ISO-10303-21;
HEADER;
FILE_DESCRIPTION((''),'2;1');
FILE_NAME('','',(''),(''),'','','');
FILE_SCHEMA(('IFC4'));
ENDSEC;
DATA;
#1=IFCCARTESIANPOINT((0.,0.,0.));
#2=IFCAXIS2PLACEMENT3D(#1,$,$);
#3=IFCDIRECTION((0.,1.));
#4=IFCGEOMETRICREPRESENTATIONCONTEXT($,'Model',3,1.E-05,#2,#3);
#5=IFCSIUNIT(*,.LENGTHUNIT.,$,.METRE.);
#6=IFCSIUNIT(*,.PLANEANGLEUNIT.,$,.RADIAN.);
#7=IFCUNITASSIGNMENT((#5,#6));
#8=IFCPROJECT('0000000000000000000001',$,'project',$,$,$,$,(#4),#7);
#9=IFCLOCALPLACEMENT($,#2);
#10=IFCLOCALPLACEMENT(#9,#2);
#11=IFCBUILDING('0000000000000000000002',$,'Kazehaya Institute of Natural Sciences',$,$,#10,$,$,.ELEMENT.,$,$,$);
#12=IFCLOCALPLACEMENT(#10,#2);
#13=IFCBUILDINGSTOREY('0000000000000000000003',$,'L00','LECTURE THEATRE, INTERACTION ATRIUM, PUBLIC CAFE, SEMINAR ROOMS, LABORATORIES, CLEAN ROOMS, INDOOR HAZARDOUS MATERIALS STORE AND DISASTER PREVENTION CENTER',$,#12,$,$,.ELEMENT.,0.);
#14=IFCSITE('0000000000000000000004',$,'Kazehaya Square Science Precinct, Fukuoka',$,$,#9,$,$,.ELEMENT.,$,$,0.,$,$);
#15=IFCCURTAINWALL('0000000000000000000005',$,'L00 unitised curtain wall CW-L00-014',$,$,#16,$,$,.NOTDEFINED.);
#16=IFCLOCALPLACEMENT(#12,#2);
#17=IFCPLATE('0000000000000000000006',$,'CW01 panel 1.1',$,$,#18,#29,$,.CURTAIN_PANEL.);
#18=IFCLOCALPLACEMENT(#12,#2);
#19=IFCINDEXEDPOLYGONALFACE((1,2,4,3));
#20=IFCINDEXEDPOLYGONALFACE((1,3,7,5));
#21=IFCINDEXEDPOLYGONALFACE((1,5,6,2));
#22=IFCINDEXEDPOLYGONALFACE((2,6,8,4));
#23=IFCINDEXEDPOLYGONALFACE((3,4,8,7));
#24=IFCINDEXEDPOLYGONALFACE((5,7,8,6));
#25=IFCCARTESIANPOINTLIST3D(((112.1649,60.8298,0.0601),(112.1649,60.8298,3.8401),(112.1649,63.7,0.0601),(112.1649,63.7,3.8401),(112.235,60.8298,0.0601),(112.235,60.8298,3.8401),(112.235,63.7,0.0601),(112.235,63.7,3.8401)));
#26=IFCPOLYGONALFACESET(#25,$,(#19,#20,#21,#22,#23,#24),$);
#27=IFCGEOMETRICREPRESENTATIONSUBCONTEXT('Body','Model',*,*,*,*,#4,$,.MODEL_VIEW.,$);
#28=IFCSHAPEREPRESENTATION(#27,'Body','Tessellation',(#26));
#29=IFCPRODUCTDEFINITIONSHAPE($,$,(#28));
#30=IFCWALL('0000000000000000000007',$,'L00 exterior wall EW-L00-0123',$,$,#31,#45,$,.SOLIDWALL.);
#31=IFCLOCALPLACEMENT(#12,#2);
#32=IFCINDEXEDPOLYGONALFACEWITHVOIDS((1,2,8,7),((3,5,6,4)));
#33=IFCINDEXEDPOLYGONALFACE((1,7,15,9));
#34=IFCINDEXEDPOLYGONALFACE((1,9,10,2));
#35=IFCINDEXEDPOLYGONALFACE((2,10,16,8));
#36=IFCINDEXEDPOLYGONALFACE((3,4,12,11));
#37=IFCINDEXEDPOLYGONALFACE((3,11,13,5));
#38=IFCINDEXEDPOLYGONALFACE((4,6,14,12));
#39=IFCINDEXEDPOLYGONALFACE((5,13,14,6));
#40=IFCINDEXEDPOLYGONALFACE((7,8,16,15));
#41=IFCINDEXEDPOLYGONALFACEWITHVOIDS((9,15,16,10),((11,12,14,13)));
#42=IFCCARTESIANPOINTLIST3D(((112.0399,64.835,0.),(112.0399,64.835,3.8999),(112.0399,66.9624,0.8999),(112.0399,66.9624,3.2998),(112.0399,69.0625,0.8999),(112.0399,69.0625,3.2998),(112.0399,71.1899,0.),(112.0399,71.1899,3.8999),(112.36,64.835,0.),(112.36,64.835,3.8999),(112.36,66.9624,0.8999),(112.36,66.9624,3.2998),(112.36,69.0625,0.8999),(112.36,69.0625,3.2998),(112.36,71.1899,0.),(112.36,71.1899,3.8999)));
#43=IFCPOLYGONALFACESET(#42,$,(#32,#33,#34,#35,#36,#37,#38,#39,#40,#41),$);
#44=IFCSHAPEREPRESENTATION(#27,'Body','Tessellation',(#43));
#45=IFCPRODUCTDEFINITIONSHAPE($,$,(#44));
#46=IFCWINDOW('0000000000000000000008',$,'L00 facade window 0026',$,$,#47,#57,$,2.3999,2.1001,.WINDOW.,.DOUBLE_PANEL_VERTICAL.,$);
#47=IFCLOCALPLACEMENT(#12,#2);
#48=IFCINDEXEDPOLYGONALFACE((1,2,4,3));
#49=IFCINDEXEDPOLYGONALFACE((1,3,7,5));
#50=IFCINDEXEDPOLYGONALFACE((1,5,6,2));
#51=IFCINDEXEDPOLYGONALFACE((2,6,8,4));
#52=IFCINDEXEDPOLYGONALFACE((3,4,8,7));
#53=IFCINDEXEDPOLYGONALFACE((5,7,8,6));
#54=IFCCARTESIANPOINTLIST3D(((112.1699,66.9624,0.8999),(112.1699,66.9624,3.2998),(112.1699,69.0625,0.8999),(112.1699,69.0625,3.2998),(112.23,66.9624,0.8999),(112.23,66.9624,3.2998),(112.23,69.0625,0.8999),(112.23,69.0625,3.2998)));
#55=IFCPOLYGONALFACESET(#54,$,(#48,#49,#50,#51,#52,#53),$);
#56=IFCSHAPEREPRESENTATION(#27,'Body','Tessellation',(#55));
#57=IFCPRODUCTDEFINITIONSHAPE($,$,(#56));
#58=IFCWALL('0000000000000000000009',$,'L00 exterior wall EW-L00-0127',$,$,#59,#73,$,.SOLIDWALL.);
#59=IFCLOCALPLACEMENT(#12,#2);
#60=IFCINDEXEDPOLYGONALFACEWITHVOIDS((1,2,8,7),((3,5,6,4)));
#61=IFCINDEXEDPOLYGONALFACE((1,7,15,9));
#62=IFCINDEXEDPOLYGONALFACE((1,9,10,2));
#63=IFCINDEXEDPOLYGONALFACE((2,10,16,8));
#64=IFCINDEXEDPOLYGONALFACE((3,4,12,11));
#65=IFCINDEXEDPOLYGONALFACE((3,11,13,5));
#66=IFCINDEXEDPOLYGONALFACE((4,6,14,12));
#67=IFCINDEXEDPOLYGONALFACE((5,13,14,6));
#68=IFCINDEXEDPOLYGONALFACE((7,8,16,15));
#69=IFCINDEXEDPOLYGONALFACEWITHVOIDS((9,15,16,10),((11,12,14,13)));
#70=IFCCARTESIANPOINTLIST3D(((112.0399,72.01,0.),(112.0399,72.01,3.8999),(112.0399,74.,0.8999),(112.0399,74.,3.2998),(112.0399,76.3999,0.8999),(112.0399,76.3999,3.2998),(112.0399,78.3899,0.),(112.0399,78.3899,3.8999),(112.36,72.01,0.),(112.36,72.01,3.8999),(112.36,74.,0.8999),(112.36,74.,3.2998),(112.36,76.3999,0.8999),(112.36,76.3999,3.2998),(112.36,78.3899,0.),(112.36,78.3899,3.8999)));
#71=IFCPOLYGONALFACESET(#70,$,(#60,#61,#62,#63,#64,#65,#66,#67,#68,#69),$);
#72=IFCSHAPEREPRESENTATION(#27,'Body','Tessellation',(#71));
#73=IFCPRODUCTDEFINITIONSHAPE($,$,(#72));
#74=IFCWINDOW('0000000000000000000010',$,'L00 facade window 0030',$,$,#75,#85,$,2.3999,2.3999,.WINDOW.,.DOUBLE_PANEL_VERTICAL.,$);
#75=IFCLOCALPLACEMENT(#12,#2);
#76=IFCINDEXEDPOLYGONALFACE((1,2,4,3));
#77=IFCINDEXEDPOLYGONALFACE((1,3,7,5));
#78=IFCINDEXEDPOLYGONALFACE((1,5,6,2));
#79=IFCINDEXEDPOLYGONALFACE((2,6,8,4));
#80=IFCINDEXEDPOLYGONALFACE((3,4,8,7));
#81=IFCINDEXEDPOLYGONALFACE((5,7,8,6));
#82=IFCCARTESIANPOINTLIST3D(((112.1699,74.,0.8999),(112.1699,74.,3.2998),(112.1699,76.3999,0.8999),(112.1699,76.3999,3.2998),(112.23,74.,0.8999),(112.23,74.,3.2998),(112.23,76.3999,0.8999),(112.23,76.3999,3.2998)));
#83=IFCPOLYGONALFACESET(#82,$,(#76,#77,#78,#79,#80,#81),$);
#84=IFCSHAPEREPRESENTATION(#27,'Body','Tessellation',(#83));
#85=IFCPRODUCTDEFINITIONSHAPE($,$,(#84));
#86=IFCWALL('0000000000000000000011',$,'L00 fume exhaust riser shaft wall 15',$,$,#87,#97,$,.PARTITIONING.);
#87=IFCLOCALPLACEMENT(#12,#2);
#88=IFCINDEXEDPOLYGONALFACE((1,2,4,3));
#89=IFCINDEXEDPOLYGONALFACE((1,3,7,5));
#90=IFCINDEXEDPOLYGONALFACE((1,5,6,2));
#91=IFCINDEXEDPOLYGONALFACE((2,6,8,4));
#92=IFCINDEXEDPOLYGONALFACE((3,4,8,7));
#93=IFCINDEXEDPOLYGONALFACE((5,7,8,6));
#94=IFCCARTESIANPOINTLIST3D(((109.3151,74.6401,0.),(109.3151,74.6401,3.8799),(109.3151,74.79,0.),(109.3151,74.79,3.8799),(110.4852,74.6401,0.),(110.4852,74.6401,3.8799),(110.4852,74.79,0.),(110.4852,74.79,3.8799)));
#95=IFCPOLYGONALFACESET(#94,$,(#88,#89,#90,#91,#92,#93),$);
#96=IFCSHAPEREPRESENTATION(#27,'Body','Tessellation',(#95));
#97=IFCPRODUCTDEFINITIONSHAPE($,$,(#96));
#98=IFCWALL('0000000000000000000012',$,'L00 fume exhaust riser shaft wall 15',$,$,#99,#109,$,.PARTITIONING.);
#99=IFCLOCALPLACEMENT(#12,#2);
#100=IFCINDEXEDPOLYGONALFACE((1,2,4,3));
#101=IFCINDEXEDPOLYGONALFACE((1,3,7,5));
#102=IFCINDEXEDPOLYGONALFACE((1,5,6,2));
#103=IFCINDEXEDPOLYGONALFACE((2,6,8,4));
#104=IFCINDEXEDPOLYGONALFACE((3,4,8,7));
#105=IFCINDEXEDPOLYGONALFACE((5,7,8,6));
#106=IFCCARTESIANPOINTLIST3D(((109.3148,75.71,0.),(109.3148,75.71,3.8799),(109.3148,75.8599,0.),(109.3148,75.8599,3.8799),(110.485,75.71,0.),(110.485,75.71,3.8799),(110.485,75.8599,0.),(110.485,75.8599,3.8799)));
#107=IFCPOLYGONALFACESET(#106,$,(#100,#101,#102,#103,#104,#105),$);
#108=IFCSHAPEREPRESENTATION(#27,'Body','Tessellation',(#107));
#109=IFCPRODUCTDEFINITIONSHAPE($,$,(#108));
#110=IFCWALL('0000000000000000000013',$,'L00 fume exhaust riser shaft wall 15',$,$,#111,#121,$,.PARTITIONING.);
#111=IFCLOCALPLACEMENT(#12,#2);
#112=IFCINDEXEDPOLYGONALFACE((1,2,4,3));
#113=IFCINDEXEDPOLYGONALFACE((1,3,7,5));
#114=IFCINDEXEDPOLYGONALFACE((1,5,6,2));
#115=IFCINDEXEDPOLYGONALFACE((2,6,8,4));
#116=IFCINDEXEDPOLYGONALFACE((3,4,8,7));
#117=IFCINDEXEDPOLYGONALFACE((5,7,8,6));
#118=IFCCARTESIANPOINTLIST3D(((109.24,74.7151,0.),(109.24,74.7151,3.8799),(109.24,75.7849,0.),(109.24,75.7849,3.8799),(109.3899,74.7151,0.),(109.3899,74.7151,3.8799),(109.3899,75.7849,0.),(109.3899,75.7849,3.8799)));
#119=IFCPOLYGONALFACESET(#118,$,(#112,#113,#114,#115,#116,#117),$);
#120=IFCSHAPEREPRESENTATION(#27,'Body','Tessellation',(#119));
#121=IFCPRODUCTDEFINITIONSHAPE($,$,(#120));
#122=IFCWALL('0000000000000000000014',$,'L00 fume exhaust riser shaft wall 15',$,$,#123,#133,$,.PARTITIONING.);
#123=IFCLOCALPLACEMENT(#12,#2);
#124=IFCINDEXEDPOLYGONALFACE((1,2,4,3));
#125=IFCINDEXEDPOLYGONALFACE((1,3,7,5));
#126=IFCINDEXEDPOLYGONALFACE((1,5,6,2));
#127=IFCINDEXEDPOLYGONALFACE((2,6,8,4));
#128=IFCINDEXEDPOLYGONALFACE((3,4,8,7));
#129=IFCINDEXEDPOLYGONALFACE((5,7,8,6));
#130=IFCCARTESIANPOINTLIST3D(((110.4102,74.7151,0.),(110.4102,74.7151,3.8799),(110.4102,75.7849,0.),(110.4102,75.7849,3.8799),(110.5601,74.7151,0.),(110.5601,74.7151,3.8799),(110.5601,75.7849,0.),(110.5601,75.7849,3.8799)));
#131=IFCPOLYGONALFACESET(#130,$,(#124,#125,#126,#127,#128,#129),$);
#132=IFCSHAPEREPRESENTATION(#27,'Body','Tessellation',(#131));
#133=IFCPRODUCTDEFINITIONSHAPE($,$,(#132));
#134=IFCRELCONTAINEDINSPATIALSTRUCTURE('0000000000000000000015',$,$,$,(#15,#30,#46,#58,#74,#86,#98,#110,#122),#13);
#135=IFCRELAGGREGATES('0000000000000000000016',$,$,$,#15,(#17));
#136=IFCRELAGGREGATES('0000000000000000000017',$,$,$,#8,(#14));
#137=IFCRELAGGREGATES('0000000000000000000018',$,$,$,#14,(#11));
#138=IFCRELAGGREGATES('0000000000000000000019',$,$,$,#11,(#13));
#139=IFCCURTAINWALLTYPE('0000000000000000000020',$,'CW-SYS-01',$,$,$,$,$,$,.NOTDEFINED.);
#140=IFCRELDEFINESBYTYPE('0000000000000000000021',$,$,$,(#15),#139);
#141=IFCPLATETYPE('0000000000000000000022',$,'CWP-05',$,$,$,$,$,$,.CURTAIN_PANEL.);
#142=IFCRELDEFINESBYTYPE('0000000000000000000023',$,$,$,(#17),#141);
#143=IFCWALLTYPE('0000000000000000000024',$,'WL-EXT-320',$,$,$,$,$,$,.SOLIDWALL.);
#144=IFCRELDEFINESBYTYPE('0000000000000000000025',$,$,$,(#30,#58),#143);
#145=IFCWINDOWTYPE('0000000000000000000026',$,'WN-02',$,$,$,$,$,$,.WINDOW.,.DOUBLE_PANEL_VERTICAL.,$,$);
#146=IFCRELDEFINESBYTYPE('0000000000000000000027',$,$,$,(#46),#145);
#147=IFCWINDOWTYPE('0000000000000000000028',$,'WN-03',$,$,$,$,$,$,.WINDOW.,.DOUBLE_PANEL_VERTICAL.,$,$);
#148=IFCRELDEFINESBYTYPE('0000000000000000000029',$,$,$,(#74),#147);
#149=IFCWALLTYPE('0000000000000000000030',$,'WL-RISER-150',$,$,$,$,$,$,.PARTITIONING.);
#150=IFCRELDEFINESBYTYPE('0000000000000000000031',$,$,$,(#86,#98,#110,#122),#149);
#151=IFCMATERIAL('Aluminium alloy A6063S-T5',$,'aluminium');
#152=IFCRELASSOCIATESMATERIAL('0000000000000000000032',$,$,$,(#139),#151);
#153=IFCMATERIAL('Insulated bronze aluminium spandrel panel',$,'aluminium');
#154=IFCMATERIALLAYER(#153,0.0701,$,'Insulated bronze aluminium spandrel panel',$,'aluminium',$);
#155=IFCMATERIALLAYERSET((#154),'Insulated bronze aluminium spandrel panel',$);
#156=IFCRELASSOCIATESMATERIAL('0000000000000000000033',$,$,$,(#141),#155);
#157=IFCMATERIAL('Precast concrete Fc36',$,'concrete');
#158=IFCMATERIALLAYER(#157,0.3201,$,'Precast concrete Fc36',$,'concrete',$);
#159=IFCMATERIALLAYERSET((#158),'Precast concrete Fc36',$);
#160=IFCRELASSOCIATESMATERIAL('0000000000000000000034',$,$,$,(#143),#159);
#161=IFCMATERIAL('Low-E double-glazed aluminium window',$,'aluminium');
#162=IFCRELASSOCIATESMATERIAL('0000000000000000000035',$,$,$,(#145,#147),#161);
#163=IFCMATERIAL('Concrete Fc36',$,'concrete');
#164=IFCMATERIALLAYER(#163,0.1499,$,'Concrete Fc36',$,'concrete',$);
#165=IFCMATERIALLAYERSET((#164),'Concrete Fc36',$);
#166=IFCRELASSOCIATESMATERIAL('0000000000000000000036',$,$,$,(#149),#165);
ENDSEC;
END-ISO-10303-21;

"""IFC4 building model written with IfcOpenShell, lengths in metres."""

from ifc_helpers import new_model, si_unit, direction, frame, frame_2d, origin, origin_2d, place, context, subcontext, project, spatial, rectangle, extrude, material, layer, layer_set, type_object, element, fill, aggregate, save


model = new_model("IFC4")

# Units and contexts
model_context = context("Model", 3, precision=1e-05, world=origin(), true_north=direction((0.0, 1.0)))
body_context = subcontext(model_context, "Body", "Model", "MODEL_VIEW")
ifc_project = project(units=[si_unit("LENGTHUNIT", "METRE"), si_unit("PLANEANGLEUNIT", "RADIAN")], contexts=[model_context])

# Site, building, storey
site_placement = place(None, origin())
site = spatial("IfcSite", under=ifc_project, at=site_placement, Name="Kazehaya Square Science Precinct, Fukuoka", CompositionType="ELEMENT", RefElevation=0.0)
building_placement = place(site_placement, origin())
building = spatial("IfcBuilding", under=site, at=building_placement, Name="Kazehaya Institute of Natural Sciences", CompositionType="ELEMENT")
storey_placement = place(building_placement, origin())
storey = spatial("IfcBuildingStorey", under=building, at=storey_placement, Name="L00", Description="LECTURE THEATRE, INTERACTION ATRIUM, PUBLIC CAFE, SEMINAR ROOMS, LABORATORIES, CLEAN ROOMS, INDOOR HAZARDOUS MATERIALS STORE AND DISASTER PREVENTION CENTER", CompositionType="ELEMENT", Elevation=0.0)

# Shared definitions
ifc_material_1 = material(Name="Concrete Fc36", Category="concrete")

# Curtain wall, plate
ifc_material_2 = material(Name="Aluminium alloy A6063S-T5", Category="aluminium")
curtain_wall_type = type_object("IfcCurtainWallType", Name="CW-SYS-01", PredefinedType="NOTDEFINED", material=ifc_material_2)
curtain_wall_placement = place(storey_placement, origin())
curtain_wall = element("IfcCurtainWall", 1, at=curtain_wall_placement, inside=storey, type_object=curtain_wall_type, Name="L00 unitised curtain wall CW-L00-014", PredefinedType="NOTDEFINED")
ifc_material_3 = material(Name="Insulated bronze aluminium spandrel panel", Category="aluminium")
ifc_layer_1 = layer(ifc_material_3, 0.0701, Name="Insulated bronze aluminium spandrel panel", Category="aluminium")
ifc_layer_set_1 = layer_set([ifc_layer_1], Name="Insulated bronze aluminium spandrel panel")
plate_type = type_object("IfcPlateType", Name="CWP-05", PredefinedType="CURTAIN_PANEL", material=ifc_layer_set_1)
plate_placement = place(storey_placement, frame((112.2, 62.2649, 0.0601), z_axis=(0.0, 0.0, 1.0), x_axis=(0.0, -1.0, 0.0)))
plate = element("IfcPlate", 2, at=plate_placement, type_object=plate_type, Name="CW01 panel 1.1", PredefinedType="CURTAIN_PANEL", context=body_context, shape_type="SweptSolid", body=[
    extrude(rectangle(XDim=2.8701, YDim=0.0701, at=origin_2d()), origin(), (0.0, 0.0, 1.0), 3.78),
])
aggregate(curtain_wall, [plate])

# Walls, openings, windows
ifc_material_4 = material(Name="Precast concrete Fc36", Category="concrete")
ifc_layer_2 = layer(ifc_material_4, 0.3201, Name="Precast concrete Fc36", Category="concrete")
ifc_layer_set_2 = layer_set([ifc_layer_2], Name="Precast concrete Fc36")
wall_type_1 = type_object("IfcWallType", Name="WL-EXT-320", PredefinedType="SOLIDWALL", material=ifc_layer_set_2)
wall_1_placement = place(storey_placement, frame((112.2, 71.1899, 0.0), z_axis=(0.0, 0.0, 1.0), x_axis=(0.0, -1.0, 0.0)))
wall_1 = element("IfcWall", 3, at=wall_1_placement, inside=storey, type_object=wall_type_1, Name="L00 exterior wall EW-L00-0123", PredefinedType="SOLIDWALL", context=body_context, shape_type="SweptSolid", body=[
    extrude(rectangle(XDim=6.355, YDim=0.3201, at=frame_2d((3.1775, 0.0))), origin(), (0.0, 0.0, 1.0), 3.8999),
])
opening_1_placement = place(wall_1_placement, frame((2.1274, 0.0, 0.8999)))
opening_1 = element("IfcOpeningElement", 4, at=opening_1_placement, cuts=wall_1, PredefinedType="OPENING", context=body_context, shape_type="SweptSolid", body=[
    extrude(rectangle(XDim=2.1001, YDim=2.3999, at=frame_2d((1.05, 1.2))), frame((0.0, 0.1699, 0.0), z_axis=(0.0, -1.0, 0.0), x_axis=(1.0, 0.0, 0.0)), (0.0, 0.0, 1.0), 0.3401),
])
ifc_material_5 = material(Name="Low-E double-glazed aluminium window", Category="aluminium")
window_type_1 = type_object("IfcWindowType", Name="WN-02", PartitioningType="DOUBLE_PANEL_VERTICAL", PredefinedType="WINDOW", material=ifc_material_5)
window_1_placement = place(opening_1_placement, origin())
window_1 = element("IfcWindow", 5, at=window_1_placement, inside=storey, type_object=window_type_1, Name="L00 facade window 0026", OverallHeight=2.3999, OverallWidth=2.1001, PartitioningType="DOUBLE_PANEL_VERTICAL", PredefinedType="WINDOW", context=body_context, shape_type="SweptSolid", body=[
    extrude(rectangle(XDim=2.1001, YDim=2.3999, at=frame_2d((1.05, 1.2))), frame((0.0, 0.03, 0.0), z_axis=(0.0, -1.0, 0.0), x_axis=(1.0, 0.0, 0.0)), (0.0, 0.0, 1.0), 0.0601),
])
fill(opening_1, window_1)
wall_2_placement = place(storey_placement, frame((112.2, 78.3899, 0.0), z_axis=(0.0, 0.0, 1.0), x_axis=(0.0, -1.0, 0.0)))
wall_2 = element("IfcWall", 6, at=wall_2_placement, inside=storey, type_object=wall_type_1, Name="L00 exterior wall EW-L00-0127", PredefinedType="SOLIDWALL", context=body_context, shape_type="SweptSolid", body=[
    extrude(rectangle(XDim=6.3799, YDim=0.3201, at=frame_2d((3.1899, 0.0))), origin(), (0.0, 0.0, 1.0), 3.8999),
])
opening_2_placement = place(wall_2_placement, frame((1.99, 0.0, 0.8999)))
opening_2 = element("IfcOpeningElement", 7, at=opening_2_placement, cuts=wall_2, PredefinedType="OPENING", context=body_context, shape_type="SweptSolid", body=[
    extrude(rectangle(XDim=2.3999, YDim=2.3999, at=frame_2d((1.2, 1.2))), frame((0.0, 0.1699, 0.0), z_axis=(0.0, -1.0, 0.0), x_axis=(1.0, 0.0, 0.0)), (0.0, 0.0, 1.0), 0.3401),
])
window_type_2 = type_object("IfcWindowType", Name="WN-03", PartitioningType="DOUBLE_PANEL_VERTICAL", PredefinedType="WINDOW", material=ifc_material_5)
window_2_placement = place(opening_2_placement, origin())
window_2 = element("IfcWindow", 8, at=window_2_placement, inside=storey, type_object=window_type_2, Name="L00 facade window 0030", OverallHeight=2.3999, OverallWidth=2.3999, PartitioningType="DOUBLE_PANEL_VERTICAL", PredefinedType="WINDOW", context=body_context, shape_type="SweptSolid", body=[
    extrude(rectangle(XDim=2.3999, YDim=2.3999, at=frame_2d((1.2, 1.2))), frame((0.0, 0.03, 0.0), z_axis=(0.0, -1.0, 0.0), x_axis=(1.0, 0.0, 0.0)), (0.0, 0.0, 1.0), 0.0601),
])
fill(opening_2, window_2)

# Walls
ifc_layer_3 = layer(ifc_material_1, 0.1499, Name="Concrete Fc36", Category="concrete")
ifc_layer_set_3 = layer_set([ifc_layer_3], Name="Concrete Fc36")
wall_type_2 = type_object("IfcWallType", Name="WL-RISER-150", PredefinedType="PARTITIONING", material=ifc_layer_set_3)
for number, where, z_axis, x_axis, name in (
    (9, (110.4851, 74.7151, 0.0), (0.0, 0.0, 1.0), (-1.0, 0.0, 0.0), "L00 fume exhaust riser shaft wall 15"),
    (10, (109.3149, 75.7849, 0.0), (0.0, 0.0, 1.0), (1.0, 0.0, 0.0), "L00 fume exhaust riser shaft wall 15"),
):
    element("IfcWall", number, at=place(storey_placement, frame(where, z_axis=z_axis, x_axis=x_axis)), inside=storey, type_object=wall_type_2, Name=name, PredefinedType="PARTITIONING", context=body_context, shape_type="SweptSolid", body=[
        extrude(rectangle(XDim=1.1702, YDim=0.1499, at=frame_2d((0.585, 0.0))), origin(), (0.0, 0.0, 1.0), 3.8799),
    ])
for number, where, z_axis, x_axis, name in (
    (11, (109.3149, 74.7151, 0.0), (0.0, 0.0, 1.0), (0.0, 1.0, 0.0), "L00 fume exhaust riser shaft wall 15"),
    (12, (110.4851, 75.7849, 0.0), (0.0, 0.0, 1.0), (0.0, -1.0, 0.0), "L00 fume exhaust riser shaft wall 15"),
):
    element("IfcWall", number, at=place(storey_placement, frame(where, z_axis=z_axis, x_axis=x_axis)), inside=storey, type_object=wall_type_2, Name=name, PredefinedType="PARTITIONING", context=body_context, shape_type="SweptSolid", body=[
        extrude(rectangle(XDim=1.0698, YDim=0.1499, at=frame_2d((0.5349, 0.0))), origin(), (0.0, 0.0, 1.0), 3.8799),
    ])

save(model, "model.ifc")
